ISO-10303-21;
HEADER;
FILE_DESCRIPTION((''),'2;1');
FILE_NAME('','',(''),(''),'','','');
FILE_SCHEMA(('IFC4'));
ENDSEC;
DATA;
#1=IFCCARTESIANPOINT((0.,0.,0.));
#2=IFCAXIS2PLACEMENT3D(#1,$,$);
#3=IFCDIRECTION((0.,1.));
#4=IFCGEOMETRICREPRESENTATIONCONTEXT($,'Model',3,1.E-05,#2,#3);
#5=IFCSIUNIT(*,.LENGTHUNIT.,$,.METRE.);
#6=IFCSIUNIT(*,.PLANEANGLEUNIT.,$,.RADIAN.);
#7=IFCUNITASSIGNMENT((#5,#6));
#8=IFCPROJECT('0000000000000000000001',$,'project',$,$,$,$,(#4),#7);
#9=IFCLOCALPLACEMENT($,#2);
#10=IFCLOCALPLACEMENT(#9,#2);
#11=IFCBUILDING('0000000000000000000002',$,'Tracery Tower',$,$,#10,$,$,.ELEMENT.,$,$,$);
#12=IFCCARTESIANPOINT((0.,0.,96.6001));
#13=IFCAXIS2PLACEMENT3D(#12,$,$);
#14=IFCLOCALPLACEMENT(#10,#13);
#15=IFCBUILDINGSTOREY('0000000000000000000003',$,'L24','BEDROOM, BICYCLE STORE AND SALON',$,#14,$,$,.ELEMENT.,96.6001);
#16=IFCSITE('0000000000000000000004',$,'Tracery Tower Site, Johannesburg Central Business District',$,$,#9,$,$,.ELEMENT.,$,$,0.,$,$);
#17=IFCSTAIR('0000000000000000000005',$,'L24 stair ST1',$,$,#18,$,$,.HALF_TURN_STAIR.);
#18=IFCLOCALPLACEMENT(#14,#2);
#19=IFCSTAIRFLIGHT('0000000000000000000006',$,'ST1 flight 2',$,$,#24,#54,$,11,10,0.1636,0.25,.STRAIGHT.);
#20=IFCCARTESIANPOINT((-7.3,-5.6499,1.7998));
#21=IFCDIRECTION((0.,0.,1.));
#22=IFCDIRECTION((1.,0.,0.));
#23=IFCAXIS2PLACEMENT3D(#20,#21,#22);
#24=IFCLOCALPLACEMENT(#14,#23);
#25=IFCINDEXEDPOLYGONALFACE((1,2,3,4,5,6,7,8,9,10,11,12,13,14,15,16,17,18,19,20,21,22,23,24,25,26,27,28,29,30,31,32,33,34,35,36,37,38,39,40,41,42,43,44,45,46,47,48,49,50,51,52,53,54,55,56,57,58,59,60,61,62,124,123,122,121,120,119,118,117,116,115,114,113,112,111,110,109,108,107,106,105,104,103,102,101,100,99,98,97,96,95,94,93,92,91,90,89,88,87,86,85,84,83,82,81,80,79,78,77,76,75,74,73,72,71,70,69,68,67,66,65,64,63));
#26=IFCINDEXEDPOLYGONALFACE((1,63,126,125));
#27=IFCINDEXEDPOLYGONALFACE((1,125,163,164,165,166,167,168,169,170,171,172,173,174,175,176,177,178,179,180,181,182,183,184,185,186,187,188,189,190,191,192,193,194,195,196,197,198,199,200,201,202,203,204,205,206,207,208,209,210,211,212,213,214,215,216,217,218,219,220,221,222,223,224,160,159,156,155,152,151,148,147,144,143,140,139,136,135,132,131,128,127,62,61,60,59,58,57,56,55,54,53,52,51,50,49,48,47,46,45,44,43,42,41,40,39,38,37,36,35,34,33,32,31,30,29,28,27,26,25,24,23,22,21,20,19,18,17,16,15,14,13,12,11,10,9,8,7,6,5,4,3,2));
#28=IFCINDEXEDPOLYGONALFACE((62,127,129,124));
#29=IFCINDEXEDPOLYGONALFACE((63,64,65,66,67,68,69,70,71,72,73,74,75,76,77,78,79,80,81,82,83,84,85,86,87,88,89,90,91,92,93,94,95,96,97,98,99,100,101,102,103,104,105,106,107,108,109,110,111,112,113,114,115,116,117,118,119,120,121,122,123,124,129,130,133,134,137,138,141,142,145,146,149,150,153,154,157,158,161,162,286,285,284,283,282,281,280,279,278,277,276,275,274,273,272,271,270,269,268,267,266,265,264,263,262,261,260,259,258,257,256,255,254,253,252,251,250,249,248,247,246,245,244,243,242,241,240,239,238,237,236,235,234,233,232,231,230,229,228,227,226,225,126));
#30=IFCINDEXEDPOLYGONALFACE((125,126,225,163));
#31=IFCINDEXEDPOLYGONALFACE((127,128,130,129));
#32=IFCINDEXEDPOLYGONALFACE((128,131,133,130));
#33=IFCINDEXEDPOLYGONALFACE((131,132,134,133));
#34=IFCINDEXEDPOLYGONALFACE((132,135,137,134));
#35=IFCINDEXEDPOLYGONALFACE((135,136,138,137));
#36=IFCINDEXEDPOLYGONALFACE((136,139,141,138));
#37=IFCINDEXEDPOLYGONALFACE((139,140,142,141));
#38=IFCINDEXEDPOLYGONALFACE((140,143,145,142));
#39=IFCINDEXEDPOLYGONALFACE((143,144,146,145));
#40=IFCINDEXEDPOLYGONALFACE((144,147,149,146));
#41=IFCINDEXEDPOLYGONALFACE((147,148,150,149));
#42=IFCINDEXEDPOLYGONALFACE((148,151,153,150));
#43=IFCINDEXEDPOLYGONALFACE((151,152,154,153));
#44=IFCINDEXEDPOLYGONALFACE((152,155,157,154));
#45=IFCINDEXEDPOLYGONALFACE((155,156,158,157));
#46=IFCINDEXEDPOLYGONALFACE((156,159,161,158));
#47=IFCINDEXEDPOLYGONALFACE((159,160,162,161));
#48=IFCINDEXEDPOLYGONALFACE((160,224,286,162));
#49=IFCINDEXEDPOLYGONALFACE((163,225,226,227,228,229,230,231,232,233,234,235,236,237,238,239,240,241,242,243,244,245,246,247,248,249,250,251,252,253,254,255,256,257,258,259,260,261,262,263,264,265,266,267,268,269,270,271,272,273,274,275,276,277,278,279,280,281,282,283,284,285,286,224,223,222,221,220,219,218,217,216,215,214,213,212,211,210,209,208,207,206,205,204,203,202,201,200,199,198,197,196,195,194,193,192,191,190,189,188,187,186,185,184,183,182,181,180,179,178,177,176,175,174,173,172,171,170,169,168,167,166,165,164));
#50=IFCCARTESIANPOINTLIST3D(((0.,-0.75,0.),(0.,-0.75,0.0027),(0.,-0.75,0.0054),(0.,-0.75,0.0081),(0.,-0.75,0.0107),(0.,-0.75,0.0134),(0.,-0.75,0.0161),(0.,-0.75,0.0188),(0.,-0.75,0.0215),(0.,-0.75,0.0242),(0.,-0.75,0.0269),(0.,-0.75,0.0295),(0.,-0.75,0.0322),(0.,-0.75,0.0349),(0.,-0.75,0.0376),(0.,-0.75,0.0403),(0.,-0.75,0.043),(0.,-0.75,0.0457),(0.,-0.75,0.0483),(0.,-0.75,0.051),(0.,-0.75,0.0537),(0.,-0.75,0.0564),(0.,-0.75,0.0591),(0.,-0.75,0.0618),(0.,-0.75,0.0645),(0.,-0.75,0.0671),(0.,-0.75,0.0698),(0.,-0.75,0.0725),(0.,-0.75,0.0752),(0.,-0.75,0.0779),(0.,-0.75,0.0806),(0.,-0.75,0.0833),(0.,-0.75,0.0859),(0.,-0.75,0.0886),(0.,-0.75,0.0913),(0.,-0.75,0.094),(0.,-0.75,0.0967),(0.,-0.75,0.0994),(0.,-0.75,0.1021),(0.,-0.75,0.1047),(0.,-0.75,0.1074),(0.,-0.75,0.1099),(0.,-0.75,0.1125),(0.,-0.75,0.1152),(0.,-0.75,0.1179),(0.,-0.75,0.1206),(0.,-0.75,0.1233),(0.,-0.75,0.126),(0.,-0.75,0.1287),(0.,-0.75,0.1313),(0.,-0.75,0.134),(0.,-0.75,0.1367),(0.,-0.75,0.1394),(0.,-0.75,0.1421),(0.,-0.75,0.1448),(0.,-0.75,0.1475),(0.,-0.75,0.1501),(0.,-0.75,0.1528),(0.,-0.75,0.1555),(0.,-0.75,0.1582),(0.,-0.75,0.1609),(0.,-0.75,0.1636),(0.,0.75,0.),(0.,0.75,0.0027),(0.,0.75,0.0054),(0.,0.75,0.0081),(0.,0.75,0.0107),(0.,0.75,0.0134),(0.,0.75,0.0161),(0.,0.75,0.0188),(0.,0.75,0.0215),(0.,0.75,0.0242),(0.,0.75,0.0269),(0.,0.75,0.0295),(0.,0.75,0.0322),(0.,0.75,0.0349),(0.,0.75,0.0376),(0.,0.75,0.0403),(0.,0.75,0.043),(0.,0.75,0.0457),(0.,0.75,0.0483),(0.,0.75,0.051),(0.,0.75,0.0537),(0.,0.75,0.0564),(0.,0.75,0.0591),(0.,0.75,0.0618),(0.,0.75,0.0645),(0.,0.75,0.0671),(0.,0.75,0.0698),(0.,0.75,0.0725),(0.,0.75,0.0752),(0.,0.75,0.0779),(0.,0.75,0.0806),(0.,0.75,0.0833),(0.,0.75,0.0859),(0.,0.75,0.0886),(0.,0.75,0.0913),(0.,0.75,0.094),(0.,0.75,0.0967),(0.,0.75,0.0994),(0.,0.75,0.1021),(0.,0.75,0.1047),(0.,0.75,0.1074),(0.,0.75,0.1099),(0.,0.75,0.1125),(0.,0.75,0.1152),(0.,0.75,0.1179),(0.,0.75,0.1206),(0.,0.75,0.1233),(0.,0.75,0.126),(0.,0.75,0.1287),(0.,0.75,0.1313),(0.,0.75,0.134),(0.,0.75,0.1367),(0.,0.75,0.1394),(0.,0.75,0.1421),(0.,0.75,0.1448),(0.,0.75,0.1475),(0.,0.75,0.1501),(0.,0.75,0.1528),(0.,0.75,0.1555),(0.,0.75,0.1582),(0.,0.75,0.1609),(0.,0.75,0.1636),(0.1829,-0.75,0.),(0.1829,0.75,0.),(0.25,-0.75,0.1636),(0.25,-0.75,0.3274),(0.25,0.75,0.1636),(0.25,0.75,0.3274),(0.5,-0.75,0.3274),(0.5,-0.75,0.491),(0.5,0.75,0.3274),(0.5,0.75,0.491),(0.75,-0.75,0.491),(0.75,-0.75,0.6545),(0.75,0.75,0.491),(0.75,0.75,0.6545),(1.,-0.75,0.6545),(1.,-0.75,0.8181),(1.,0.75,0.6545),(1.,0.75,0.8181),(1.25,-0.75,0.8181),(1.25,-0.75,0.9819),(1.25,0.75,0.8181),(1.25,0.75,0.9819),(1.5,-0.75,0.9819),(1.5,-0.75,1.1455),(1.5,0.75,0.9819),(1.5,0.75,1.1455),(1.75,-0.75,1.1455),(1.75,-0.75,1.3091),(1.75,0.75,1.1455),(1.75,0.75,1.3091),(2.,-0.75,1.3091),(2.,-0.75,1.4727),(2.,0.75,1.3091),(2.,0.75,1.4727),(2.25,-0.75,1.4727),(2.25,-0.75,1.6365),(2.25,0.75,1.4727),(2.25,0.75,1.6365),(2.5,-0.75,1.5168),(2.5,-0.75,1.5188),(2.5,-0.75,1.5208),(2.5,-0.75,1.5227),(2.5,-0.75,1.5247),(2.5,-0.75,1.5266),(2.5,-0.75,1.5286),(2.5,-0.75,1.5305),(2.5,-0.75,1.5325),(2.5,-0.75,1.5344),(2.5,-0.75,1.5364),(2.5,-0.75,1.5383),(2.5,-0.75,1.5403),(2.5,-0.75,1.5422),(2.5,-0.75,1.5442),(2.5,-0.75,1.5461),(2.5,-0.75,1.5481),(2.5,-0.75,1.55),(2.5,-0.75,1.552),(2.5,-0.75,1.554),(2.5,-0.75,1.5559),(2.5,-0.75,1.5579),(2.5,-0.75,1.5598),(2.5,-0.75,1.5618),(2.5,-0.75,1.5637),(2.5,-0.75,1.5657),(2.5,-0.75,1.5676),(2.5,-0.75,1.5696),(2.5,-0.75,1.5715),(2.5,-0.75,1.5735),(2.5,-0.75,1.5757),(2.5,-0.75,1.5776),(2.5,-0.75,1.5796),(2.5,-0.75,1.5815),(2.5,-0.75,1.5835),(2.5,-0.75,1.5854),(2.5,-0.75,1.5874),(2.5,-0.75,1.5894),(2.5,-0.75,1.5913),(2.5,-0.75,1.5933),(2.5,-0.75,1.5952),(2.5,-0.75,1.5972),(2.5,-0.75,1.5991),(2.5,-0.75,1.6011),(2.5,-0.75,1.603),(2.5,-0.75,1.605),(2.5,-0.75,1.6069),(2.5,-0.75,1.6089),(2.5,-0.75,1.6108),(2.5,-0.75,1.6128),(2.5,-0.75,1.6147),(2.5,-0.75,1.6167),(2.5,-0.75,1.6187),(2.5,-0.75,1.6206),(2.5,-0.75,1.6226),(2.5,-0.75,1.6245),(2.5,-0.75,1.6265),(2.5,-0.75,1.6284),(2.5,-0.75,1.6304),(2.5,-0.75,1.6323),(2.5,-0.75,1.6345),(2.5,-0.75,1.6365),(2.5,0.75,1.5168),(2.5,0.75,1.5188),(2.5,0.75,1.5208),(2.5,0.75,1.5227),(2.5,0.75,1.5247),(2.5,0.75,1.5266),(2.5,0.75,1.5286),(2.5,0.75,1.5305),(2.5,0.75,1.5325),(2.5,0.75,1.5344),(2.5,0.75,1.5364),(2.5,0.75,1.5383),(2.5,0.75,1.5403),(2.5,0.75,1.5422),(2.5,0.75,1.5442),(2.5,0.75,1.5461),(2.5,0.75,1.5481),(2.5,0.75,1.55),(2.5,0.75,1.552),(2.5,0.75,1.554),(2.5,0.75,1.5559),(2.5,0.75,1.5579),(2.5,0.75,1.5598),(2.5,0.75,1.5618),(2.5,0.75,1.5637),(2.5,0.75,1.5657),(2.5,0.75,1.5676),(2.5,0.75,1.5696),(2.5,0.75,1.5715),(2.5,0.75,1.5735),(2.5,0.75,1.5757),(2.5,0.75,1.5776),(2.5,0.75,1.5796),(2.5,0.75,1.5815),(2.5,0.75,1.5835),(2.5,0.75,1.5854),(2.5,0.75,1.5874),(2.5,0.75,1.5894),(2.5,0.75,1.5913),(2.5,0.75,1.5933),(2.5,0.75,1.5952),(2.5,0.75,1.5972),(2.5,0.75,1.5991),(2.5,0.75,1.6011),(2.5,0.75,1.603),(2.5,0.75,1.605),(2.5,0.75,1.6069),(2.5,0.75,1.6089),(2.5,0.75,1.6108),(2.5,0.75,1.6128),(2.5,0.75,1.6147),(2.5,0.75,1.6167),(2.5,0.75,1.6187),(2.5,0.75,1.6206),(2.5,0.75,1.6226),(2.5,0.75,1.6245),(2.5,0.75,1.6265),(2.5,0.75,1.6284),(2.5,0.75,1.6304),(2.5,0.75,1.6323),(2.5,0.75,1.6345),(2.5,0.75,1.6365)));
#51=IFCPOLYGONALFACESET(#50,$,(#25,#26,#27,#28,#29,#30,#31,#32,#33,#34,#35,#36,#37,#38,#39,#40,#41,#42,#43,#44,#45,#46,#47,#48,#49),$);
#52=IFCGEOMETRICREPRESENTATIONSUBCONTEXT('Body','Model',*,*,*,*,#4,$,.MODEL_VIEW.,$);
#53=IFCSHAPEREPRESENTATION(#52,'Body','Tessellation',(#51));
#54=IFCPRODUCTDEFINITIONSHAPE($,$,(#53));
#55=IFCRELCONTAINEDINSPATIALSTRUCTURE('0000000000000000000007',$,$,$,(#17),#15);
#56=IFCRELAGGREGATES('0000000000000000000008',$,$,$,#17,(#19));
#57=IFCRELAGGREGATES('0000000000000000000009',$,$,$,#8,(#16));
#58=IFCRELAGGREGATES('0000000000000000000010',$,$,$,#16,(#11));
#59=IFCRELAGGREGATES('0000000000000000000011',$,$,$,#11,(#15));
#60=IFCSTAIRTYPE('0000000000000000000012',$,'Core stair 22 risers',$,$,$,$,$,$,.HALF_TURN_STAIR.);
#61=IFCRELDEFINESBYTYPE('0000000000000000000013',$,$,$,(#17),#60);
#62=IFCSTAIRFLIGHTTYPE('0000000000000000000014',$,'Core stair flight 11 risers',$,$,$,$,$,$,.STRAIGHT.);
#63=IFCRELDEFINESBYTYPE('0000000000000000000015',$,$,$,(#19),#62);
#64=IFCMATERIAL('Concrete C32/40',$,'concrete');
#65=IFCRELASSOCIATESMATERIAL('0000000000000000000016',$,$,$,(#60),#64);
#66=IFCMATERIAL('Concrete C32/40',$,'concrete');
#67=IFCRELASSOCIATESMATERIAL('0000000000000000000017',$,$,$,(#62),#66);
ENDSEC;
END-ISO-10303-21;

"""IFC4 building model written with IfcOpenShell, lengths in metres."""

from ifc_helpers import new_model, si_unit, direction, frame, origin, place, context, subcontext, project, spatial, polyline, outline, extrude, material, type_object, element, aggregate, save


model = new_model("IFC4")

# Units and contexts
model_context = context("Model", 3, precision=1e-05, world=origin(), true_north=direction((0.0, 1.0)))
body_context = subcontext(model_context, "Body", "Model", "MODEL_VIEW")
ifc_project = project(units=[si_unit("LENGTHUNIT", "METRE"), si_unit("PLANEANGLEUNIT", "RADIAN")], contexts=[model_context])

# Site, building, storey
site_placement = place(None, origin())
site = spatial("IfcSite", under=ifc_project, at=site_placement, Name="Tracery Tower Site, Johannesburg Central Business District", CompositionType="ELEMENT", RefElevation=0.0)
building_placement = place(site_placement, origin())
building = spatial("IfcBuilding", under=site, at=building_placement, Name="Tracery Tower", CompositionType="ELEMENT")
storey_placement = place(building_placement, frame((0.0, 0.0, 96.6001)))
storey = spatial("IfcBuildingStorey", under=building, at=storey_placement, Name="L24", Description="BEDROOM, BICYCLE STORE AND SALON", CompositionType="ELEMENT", Elevation=96.6001)

# Stair, stair flight
ifc_material_1 = material(Name="Concrete C32/40", Category="concrete")
stair_type = type_object("IfcStairType", Name="Core stair 22 risers", PredefinedType="HALF_TURN_STAIR", material=ifc_material_1)
stair_placement = place(storey_placement, origin())
stair = element("IfcStair", 1, at=stair_placement, inside=storey, type_object=stair_type, Name="L24 stair ST1", PredefinedType="HALF_TURN_STAIR")
ifc_material_2 = material(Name="Concrete C32/40", Category="concrete")
stair_flight_type = type_object("IfcStairFlightType", Name="Core stair flight 11 risers", PredefinedType="STRAIGHT", material=ifc_material_2)
stair_flight_1_placement = place(storey_placement, frame((-7.3, -5.6499, 1.7998), z_axis=(0.0, 0.0, 1.0), x_axis=(1.0, 0.0, 0.0)))
stair_flight_1 = element("IfcStairFlight", 2, at=stair_flight_1_placement, type_object=stair_flight_type, Name="ST1 flight 2", NumberOfRisers=11, NumberOfTreads=10, PredefinedType="STRAIGHT", RiserHeight=0.1636, TreadLength=0.25, context=body_context, shape_type="SweptSolid", body=[
    extrude(outline(polyline([(0.0, 0.0), (0.0, 0.0027), (0.0, 0.0054), (0.0, 0.0081), (0.0, 0.0107), (0.0, 0.0134), (0.0, 0.0161), (0.0, 0.0188), (0.0, 0.0215), (0.0, 0.0242), (0.0, 0.0269), (0.0, 0.0295), (0.0, 0.0322), (0.0, 0.0349), (0.0, 0.0376), (0.0, 0.0403), (0.0, 0.043), (0.0, 0.0457), (0.0, 0.0483), (0.0, 0.051), (0.0, 0.0537), (0.0, 0.0564), (0.0, 0.0591), (0.0, 0.0618), (0.0, 0.0645), (0.0, 0.0671), (0.0, 0.0698), (0.0, 0.0725), (0.0, 0.0752), (0.0, 0.0779), (0.0, 0.0806), (0.0, 0.0833), (0.0, 0.0859), (0.0, 0.0886), (0.0, 0.0913), (0.0, 0.094), (0.0, 0.0967), (0.0, 0.0994), (0.0, 0.1021), (0.0, 0.1047), (0.0, 0.1074), (0.0, 0.1099), (0.0, 0.1125), (0.0, 0.1152), (0.0, 0.1179), (0.0, 0.1206), (0.0, 0.1233), (0.0, 0.126), (0.0, 0.1287), (0.0, 0.1313), (0.0, 0.134), (0.0, 0.1367), (0.0, 0.1394), (0.0, 0.1421), (0.0, 0.1448), (0.0, 0.1475), (0.0, 0.1501), (0.0, 0.1528), (0.0, 0.1555), (0.0, 0.1582), (0.0, 0.1609), (0.0, 0.1636), (0.25, 0.1636), (0.25, 0.3274), (0.5, 0.3274), (0.5, 0.491), (0.75, 0.491), (0.75, 0.6545), (1.0, 0.6545), (1.0, 0.8181), (1.25, 0.8181), (1.25, 0.9819), (1.5, 0.9819), (1.5, 1.1455), (1.75, 1.1455), (1.75, 1.3091), (2.0, 1.3091), (2.0, 1.4727), (2.25, 1.4727), (2.25, 1.6365), (2.5, 1.6365), (2.5, 1.6345), (2.5, 1.6323), (2.5, 1.6304), (2.5, 1.6284), (2.5, 1.6265), (2.5, 1.6245), (2.5, 1.6226), (2.5, 1.6206), (2.5, 1.6187), (2.5, 1.6167), (2.5, 1.6147), (2.5, 1.6128), (2.5, 1.6108), (2.5, 1.6089), (2.5, 1.6069), (2.5, 1.605), (2.5, 1.603), (2.5, 1.6011), (2.5, 1.5991), (2.5, 1.5972), (2.5, 1.5952), (2.5, 1.5933), (2.5, 1.5913), (2.5, 1.5894), (2.5, 1.5874), (2.5, 1.5854), (2.5, 1.5835), (2.5, 1.5815), (2.5, 1.5796), (2.5, 1.5776), (2.5, 1.5757), (2.5, 1.5735), (2.5, 1.5715), (2.5, 1.5696), (2.5, 1.5676), (2.5, 1.5657), (2.5, 1.5637), (2.5, 1.5618), (2.5, 1.5598), (2.5, 1.5579), (2.5, 1.5559), (2.5, 1.554), (2.5, 1.552), (2.5, 1.55), (2.5, 1.5481), (2.5, 1.5461), (2.5, 1.5442), (2.5, 1.5422), (2.5, 1.5403), (2.5, 1.5383), (2.5, 1.5364), (2.5, 1.5344), (2.5, 1.5325), (2.5, 1.5305), (2.5, 1.5286), (2.5, 1.5266), (2.5, 1.5247), (2.5, 1.5227), (2.5, 1.5208), (2.5, 1.5188), (2.5, 1.5168), (0.1829, 0.0), (0.0, 0.0)])), frame((0.0, 0.75, 0.0), z_axis=(0.0, -1.0, 0.0), x_axis=(1.0, 0.0, 0.0)), (0.0, 0.0, 1.0), 1.5),
])
aggregate(stair, [stair_flight_1])

save(model, "model.ifc")
